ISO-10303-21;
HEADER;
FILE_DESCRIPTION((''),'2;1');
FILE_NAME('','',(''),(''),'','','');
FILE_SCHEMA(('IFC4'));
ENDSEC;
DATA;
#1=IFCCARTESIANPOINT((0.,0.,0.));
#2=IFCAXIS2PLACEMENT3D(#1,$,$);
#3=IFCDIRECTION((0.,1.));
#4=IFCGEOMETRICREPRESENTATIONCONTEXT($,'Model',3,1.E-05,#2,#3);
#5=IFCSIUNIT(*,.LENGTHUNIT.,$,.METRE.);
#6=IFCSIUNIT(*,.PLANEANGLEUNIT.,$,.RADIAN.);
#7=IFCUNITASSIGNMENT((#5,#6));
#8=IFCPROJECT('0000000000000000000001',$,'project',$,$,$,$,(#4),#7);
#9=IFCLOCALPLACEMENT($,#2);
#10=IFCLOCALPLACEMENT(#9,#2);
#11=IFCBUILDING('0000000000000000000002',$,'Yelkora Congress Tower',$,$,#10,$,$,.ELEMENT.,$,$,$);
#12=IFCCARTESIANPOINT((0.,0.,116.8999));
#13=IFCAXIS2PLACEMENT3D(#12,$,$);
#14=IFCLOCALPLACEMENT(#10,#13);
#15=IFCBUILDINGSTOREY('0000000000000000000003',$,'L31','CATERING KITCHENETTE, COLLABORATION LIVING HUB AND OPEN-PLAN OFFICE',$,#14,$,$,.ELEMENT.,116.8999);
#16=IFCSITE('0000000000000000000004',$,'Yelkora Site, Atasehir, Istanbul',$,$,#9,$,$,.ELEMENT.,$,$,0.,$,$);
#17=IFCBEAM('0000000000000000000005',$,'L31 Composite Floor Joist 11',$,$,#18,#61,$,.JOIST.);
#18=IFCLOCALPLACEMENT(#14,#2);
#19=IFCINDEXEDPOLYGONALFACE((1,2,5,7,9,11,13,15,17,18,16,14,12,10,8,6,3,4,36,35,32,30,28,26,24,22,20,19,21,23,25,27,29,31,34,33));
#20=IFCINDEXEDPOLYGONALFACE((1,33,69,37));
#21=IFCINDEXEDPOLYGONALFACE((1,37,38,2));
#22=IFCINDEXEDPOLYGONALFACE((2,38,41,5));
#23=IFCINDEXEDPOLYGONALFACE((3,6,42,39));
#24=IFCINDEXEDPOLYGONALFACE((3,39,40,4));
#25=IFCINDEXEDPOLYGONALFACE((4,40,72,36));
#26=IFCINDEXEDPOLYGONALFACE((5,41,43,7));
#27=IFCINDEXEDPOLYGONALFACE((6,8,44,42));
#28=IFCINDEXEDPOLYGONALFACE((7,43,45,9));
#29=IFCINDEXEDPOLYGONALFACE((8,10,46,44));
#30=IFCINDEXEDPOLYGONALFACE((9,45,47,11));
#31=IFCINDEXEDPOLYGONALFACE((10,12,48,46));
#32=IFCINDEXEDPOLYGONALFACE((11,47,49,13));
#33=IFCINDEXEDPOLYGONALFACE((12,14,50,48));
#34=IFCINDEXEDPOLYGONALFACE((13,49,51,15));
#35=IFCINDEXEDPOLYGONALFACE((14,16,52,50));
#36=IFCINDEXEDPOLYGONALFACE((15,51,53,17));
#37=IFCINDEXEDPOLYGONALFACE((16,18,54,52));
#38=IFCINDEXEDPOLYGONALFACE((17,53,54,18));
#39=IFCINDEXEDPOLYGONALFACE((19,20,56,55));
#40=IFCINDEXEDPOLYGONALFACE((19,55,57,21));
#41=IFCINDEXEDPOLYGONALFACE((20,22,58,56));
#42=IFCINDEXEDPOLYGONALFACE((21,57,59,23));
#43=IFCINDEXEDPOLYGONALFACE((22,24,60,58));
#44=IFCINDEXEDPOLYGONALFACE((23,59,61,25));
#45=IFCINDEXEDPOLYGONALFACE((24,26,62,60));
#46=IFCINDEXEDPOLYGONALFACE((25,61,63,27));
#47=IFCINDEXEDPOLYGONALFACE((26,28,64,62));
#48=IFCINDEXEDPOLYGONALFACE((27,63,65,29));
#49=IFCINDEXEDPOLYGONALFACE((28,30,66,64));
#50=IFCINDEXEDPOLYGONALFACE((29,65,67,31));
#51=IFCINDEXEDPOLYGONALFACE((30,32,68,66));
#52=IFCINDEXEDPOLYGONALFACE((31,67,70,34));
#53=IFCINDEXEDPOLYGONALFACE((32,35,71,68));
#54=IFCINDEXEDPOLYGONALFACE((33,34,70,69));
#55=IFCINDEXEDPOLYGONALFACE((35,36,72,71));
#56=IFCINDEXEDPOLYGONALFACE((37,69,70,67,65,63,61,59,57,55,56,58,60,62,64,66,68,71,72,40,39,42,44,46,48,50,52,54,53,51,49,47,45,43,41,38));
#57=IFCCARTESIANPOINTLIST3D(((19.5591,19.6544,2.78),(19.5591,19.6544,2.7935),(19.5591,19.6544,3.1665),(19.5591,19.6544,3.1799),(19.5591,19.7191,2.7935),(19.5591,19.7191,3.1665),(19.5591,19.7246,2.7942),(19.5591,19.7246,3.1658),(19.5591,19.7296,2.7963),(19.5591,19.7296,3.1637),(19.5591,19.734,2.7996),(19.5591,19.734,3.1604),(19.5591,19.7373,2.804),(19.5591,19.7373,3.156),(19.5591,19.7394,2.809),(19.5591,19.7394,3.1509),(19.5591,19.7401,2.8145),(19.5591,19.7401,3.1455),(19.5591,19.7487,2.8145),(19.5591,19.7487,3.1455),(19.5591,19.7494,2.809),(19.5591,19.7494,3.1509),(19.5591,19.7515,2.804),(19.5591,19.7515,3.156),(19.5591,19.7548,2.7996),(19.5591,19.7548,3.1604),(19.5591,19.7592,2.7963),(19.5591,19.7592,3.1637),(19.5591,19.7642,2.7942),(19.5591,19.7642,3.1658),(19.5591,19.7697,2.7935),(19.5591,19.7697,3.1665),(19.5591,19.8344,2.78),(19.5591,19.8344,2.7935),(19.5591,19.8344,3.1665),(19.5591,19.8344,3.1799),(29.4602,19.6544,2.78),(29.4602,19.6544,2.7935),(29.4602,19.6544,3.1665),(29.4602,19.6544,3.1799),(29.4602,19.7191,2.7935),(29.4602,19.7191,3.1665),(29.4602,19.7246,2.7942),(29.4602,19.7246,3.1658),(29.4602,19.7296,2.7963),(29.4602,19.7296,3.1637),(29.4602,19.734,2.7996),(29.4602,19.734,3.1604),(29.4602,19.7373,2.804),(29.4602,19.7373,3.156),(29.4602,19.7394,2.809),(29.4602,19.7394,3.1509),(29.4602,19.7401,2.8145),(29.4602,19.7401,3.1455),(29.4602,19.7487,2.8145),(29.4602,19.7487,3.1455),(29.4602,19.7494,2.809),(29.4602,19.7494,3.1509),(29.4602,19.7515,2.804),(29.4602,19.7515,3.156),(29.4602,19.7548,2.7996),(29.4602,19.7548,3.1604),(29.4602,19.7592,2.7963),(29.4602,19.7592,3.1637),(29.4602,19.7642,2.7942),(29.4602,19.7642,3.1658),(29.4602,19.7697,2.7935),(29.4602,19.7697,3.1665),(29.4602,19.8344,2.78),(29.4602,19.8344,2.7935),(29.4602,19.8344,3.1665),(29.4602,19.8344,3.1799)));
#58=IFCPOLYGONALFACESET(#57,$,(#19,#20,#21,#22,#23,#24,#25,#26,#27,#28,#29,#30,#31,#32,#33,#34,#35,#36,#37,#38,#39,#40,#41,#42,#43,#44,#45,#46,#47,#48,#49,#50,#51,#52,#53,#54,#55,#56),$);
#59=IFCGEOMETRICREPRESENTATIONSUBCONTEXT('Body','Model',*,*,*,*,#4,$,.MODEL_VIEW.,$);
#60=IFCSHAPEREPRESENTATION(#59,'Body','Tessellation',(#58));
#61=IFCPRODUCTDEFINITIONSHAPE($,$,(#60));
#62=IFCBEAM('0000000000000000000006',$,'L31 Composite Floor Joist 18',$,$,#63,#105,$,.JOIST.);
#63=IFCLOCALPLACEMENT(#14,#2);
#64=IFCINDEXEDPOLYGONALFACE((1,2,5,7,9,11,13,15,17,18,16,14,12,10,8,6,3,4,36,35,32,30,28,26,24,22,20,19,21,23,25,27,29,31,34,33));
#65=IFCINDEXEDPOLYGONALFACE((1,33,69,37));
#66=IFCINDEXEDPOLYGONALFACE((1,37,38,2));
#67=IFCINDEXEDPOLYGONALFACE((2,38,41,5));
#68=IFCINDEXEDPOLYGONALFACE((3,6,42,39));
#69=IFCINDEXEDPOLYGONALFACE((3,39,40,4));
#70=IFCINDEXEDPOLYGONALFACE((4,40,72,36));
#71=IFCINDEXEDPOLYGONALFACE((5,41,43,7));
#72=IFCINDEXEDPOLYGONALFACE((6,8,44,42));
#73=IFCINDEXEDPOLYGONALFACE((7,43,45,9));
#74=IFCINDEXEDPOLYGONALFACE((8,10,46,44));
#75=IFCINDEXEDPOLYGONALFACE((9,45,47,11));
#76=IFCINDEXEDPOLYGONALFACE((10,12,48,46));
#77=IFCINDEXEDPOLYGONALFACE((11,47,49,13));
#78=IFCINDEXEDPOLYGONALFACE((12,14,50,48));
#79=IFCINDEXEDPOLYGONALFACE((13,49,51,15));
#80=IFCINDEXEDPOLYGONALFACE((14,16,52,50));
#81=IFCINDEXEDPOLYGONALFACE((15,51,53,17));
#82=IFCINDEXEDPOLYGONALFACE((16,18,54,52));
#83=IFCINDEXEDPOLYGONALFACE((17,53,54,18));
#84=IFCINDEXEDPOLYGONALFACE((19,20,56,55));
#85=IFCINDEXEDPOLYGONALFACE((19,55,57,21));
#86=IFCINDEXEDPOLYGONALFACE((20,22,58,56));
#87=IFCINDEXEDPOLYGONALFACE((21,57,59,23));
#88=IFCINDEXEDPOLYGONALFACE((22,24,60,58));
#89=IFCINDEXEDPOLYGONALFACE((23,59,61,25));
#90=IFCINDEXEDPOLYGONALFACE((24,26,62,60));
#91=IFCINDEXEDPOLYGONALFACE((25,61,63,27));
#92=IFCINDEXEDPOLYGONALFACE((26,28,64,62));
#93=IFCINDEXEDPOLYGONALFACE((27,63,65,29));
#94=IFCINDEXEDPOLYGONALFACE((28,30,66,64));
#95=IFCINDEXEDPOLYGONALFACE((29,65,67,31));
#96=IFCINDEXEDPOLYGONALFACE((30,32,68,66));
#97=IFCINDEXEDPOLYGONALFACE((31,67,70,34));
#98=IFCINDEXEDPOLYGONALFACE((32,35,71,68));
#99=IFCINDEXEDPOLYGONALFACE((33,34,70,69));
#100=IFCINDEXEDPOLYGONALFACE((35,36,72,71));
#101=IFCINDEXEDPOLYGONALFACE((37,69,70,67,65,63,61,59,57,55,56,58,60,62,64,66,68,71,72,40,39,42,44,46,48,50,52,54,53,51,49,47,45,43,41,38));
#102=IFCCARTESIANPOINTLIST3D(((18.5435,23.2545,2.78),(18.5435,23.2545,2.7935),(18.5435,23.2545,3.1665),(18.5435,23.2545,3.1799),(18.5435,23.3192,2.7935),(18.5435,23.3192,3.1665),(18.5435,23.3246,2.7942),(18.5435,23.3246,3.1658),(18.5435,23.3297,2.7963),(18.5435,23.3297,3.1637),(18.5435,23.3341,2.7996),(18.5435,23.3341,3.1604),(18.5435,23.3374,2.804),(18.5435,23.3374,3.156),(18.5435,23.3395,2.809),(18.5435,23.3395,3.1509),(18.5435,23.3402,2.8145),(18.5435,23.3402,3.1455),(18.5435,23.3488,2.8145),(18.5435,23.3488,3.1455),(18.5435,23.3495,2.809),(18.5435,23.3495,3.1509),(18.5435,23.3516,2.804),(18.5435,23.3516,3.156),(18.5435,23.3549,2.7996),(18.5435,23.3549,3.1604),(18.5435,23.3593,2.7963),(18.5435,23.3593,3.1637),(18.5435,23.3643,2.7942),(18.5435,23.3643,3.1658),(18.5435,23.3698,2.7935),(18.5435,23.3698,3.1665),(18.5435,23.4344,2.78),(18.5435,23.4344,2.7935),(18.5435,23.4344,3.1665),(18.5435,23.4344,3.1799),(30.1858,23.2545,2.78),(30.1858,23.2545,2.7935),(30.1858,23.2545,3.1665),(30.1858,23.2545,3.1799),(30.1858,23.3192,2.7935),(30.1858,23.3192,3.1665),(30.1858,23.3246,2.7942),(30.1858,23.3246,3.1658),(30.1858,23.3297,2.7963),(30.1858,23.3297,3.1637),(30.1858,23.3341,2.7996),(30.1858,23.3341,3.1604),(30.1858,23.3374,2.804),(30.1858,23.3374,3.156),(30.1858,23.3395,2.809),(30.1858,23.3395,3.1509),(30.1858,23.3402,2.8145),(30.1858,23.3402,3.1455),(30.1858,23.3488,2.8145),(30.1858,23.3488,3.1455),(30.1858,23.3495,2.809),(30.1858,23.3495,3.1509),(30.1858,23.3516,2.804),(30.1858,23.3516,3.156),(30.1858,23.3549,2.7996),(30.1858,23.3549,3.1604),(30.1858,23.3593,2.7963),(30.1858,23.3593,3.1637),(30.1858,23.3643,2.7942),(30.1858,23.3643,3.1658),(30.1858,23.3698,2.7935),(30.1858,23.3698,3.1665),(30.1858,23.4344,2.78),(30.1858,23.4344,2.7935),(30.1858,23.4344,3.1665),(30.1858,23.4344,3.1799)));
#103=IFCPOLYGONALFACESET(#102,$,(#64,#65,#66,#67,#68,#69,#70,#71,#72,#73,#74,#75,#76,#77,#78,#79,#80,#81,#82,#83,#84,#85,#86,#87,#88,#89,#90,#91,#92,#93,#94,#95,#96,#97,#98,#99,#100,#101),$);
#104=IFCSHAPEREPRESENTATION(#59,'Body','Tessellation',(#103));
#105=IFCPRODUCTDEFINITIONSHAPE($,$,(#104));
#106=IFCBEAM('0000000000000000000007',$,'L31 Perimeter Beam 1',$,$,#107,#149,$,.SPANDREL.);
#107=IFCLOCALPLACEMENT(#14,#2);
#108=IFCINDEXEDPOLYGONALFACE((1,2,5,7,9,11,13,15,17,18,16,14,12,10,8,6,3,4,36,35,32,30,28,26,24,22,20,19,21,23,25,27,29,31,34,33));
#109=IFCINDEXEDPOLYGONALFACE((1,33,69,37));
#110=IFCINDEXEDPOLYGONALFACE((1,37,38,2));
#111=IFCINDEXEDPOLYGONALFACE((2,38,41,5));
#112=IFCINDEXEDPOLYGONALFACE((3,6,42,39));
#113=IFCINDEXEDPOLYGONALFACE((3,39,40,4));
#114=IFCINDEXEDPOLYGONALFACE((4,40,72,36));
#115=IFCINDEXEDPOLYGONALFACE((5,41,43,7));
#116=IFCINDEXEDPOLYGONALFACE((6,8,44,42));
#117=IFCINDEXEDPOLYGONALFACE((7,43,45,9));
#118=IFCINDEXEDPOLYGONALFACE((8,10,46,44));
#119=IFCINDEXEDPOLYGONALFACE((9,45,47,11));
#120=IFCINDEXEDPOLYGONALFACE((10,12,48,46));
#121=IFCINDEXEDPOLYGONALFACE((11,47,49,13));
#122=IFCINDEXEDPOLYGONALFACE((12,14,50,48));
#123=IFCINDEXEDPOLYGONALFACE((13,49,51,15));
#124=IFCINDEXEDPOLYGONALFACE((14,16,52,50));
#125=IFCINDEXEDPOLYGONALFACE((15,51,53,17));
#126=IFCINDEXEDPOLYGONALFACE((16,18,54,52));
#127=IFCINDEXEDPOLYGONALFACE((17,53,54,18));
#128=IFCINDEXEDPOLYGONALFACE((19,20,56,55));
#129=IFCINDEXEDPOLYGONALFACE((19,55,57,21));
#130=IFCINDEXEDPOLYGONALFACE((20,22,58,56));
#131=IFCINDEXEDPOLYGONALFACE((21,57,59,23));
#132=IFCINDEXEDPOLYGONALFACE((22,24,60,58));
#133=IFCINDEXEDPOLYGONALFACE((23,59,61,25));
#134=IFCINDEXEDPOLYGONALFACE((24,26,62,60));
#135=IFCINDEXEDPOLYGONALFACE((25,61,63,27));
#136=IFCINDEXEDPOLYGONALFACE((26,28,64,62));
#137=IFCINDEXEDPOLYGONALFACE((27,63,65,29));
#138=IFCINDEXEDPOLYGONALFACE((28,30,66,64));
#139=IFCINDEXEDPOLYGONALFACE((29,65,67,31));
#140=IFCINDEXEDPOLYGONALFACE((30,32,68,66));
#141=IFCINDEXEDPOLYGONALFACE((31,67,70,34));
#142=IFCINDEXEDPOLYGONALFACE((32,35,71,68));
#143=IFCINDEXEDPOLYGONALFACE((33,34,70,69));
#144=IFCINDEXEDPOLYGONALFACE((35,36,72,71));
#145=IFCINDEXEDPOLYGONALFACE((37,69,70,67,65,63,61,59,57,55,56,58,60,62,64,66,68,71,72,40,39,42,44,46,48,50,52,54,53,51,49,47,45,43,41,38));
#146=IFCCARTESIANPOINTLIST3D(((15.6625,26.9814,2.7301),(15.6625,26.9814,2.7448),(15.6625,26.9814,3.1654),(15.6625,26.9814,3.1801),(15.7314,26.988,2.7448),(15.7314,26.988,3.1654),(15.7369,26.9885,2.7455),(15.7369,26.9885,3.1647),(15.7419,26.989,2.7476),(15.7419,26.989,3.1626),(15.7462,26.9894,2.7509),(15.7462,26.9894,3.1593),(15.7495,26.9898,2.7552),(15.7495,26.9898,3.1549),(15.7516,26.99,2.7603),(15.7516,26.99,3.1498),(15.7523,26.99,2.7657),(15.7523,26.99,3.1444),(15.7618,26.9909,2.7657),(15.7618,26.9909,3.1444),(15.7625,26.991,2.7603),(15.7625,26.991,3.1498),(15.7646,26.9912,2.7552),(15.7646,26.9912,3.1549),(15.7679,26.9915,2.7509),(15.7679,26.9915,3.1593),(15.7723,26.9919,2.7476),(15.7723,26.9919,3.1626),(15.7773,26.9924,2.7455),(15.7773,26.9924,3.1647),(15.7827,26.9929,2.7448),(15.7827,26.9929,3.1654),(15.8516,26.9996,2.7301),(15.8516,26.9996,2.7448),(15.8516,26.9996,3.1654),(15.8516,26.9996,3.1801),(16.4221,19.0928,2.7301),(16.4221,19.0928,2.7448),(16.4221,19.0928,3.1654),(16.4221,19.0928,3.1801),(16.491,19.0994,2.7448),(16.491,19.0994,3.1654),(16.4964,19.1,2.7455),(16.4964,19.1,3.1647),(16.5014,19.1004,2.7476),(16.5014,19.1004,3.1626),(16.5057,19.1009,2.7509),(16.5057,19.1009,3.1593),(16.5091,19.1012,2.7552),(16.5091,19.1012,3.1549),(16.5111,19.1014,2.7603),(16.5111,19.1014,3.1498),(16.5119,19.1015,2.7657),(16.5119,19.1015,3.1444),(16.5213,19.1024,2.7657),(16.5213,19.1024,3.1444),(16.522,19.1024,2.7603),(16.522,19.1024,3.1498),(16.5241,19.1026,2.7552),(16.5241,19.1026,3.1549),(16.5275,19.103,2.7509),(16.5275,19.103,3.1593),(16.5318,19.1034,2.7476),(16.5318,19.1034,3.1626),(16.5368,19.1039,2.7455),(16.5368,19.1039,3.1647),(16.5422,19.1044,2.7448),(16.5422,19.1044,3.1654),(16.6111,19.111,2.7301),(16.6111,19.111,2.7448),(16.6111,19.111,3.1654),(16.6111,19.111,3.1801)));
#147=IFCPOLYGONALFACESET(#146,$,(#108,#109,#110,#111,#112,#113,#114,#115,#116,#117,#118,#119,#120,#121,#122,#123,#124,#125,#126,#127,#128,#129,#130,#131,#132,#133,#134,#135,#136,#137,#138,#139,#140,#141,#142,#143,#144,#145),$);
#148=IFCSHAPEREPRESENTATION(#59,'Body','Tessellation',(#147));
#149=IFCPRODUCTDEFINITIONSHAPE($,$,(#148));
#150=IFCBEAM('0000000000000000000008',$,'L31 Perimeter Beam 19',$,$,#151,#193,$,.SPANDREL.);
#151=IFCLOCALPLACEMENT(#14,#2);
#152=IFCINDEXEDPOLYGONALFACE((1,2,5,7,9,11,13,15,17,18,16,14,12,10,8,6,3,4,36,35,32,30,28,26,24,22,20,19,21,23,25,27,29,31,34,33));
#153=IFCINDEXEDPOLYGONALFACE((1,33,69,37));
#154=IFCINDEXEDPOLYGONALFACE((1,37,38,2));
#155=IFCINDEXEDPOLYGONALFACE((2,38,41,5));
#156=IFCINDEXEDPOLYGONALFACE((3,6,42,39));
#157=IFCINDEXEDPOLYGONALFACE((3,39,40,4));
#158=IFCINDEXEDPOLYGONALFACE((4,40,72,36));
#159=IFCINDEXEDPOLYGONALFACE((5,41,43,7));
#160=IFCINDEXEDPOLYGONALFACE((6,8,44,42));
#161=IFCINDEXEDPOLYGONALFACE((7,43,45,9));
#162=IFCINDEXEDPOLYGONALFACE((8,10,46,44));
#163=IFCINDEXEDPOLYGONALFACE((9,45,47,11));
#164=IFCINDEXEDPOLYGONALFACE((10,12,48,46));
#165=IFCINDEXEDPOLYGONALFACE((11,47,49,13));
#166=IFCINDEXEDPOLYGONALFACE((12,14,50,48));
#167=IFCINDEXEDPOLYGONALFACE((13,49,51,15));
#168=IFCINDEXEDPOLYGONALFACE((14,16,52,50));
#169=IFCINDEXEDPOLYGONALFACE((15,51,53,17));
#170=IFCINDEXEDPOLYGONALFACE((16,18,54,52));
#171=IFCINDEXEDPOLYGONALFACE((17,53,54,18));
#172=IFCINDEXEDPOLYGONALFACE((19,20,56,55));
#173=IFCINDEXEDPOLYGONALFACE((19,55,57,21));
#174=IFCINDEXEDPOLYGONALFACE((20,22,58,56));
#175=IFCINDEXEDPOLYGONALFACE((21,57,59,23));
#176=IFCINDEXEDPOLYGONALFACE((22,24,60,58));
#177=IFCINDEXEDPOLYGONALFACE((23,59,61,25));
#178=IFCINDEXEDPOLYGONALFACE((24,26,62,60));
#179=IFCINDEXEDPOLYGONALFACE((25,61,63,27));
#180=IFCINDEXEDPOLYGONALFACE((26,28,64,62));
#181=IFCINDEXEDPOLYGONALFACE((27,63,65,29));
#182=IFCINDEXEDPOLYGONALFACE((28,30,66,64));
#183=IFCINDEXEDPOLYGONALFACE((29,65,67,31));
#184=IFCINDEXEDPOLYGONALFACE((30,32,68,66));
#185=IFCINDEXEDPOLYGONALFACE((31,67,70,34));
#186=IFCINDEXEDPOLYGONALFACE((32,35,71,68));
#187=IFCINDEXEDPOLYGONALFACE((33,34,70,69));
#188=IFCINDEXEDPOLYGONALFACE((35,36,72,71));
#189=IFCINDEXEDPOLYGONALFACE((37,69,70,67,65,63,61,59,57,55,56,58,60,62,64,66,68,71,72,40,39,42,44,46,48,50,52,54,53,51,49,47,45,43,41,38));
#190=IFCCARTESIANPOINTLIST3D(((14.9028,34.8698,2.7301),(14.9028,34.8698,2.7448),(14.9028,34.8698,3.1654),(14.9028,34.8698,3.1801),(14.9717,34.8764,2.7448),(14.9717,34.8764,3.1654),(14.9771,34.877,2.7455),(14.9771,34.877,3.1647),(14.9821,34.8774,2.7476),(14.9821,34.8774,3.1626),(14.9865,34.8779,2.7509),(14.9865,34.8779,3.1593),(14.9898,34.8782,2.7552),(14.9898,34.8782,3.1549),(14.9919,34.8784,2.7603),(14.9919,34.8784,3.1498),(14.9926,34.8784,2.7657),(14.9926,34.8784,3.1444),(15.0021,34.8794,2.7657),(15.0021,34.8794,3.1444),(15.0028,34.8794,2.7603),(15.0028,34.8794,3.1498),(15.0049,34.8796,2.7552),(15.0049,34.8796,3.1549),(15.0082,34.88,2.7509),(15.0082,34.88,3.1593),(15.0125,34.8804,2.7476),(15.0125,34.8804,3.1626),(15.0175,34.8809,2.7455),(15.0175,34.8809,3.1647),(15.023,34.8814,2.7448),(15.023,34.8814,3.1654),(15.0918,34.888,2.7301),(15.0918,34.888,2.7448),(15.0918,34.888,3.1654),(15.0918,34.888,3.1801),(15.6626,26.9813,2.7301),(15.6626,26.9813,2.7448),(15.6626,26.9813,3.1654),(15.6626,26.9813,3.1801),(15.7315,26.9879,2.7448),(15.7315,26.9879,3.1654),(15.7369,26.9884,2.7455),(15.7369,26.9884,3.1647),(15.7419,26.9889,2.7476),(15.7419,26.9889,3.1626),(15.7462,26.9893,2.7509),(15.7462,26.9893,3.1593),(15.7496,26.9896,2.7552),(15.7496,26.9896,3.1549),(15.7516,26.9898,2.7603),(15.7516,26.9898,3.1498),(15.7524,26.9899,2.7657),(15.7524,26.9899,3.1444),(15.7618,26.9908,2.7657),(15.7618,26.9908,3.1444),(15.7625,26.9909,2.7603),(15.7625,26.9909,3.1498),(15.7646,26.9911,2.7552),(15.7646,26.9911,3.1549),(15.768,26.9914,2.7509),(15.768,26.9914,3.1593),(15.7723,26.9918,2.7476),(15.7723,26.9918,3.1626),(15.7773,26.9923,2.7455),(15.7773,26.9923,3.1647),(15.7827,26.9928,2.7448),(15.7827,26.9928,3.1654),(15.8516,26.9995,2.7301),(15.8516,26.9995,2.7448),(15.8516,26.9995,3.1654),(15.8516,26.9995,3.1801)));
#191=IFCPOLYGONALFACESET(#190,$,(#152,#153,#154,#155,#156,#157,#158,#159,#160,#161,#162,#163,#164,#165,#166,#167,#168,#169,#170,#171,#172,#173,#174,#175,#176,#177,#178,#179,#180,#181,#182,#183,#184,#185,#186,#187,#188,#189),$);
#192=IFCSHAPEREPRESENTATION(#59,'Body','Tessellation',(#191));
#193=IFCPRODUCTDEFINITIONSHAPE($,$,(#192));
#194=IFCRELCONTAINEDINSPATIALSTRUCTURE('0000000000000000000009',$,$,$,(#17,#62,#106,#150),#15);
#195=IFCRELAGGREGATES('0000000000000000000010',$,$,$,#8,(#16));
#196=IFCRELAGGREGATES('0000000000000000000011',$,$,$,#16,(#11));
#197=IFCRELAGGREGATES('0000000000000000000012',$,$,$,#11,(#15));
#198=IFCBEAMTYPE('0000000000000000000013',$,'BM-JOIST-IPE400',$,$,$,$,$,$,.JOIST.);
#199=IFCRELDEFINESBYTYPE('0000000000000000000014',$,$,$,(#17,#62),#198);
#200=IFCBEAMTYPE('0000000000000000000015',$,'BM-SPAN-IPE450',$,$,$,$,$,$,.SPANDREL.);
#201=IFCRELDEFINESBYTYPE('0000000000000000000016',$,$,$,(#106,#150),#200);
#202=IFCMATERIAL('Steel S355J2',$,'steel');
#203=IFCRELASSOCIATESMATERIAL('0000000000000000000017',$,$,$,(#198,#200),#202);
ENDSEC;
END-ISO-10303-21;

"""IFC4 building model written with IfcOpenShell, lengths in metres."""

from ifc_helpers import new_model, si_unit, direction, frame, origin, origin_2d, place, context, subcontext, project, spatial, i_section, extrude, material, material_profile, profile_set, type_object, element, save


model = new_model("IFC4")

# Units and contexts
model_context = context("Model", 3, precision=1e-05, world=origin(), true_north=direction((0.0, 1.0)))
body_context = subcontext(model_context, "Body", "Model", "MODEL_VIEW")
ifc_project = project(units=[si_unit("LENGTHUNIT", "METRE"), si_unit("PLANEANGLEUNIT", "RADIAN")], contexts=[model_context])

# Site, building, storey
site_placement = place(None, origin())
site = spatial("IfcSite", under=ifc_project, at=site_placement, Name="Yelkora Site, Atasehir, Istanbul", CompositionType="ELEMENT", RefElevation=0.0)
building_placement = place(site_placement, origin())
building = spatial("IfcBuilding", under=site, at=building_placement, Name="Yelkora Congress Tower", CompositionType="ELEMENT")
storey_placement = place(building_placement, frame((0.0, 0.0, 116.8999)))
storey = spatial("IfcBuildingStorey", under=building, at=storey_placement, Name="L31", Description="CATERING KITCHENETTE, COLLABORATION LIVING HUB AND OPEN-PLAN OFFICE", CompositionType="ELEMENT", Elevation=116.8999)

# Beams
ifc_material_1 = material(Name="Steel S355J2", Category="steel")
ifc_material_profile_1 = material_profile(ifc_material_1, i_section(OverallWidth=0.1799, OverallDepth=0.3999, WebThickness=0.0085, FlangeThickness=0.0134, FilletRadius=0.021, at=origin_2d()), Name="IPE 400")
ifc_profile_set_1 = profile_set([ifc_material_profile_1], Name="Steel S355J2")
beam_type_1 = type_object("IfcBeamType", Name="BM-JOIST-IPE400", PredefinedType="JOIST", material=ifc_profile_set_1)
beam_1_placement = place(storey_placement, frame((19.5591, 19.7444, 2.98), z_axis=(1.0, 0.0, 0.0), x_axis=(0.0, 1.0, 0.0)))
element("IfcBeam", 1, at=beam_1_placement, inside=storey, type_object=beam_type_1, Name="L31 Composite Floor Joist 11", PredefinedType="JOIST", context=body_context, shape_type="SweptSolid", body=[
    extrude(i_section(OverallWidth=0.1799, OverallDepth=0.3999, WebThickness=0.0085, FlangeThickness=0.0134, FilletRadius=0.021, at=origin_2d()), origin(), (0.0, 0.0, 1.0), 9.9011),
])
beam_2_placement = place(storey_placement, frame((18.5435, 23.3445, 2.98), z_axis=(1.0, 0.0, 0.0), x_axis=(0.0, 1.0, 0.0)))
element("IfcBeam", 2, at=beam_2_placement, inside=storey, type_object=beam_type_1, Name="L31 Composite Floor Joist 18", PredefinedType="JOIST", context=body_context, shape_type="SweptSolid", body=[
    extrude(i_section(OverallWidth=0.1799, OverallDepth=0.3999, WebThickness=0.0085, FlangeThickness=0.0134, FilletRadius=0.021, at=origin_2d()), origin(), (0.0, 0.0, 1.0), 11.6423),
])
ifc_material_profile_2 = material_profile(ifc_material_1, i_section(OverallWidth=0.1899, OverallDepth=0.45, WebThickness=0.0095, FlangeThickness=0.0146, FilletRadius=0.021, at=origin_2d()), Name="IPE 450")
ifc_profile_set_2 = profile_set([ifc_material_profile_2], Name="Steel S355J2")
beam_type_2 = type_object("IfcBeamType", Name="BM-SPAN-IPE450", PredefinedType="SPANDREL", material=ifc_profile_set_2)
for number, where, z_axis, x_axis, name in (
    (3, (15.7571, 26.9905, 2.9551), (0.095837, -0.995397, 0.0), (0.995397, 0.095837, 0.0), "L31 Perimeter Beam 1"),
    (4, (14.9973, 34.8789, 2.9551), (0.09587, -0.995394, 0.0), (0.995394, 0.09587, 0.0), "L31 Perimeter Beam 19"),
):
    element("IfcBeam", number, at=place(storey_placement, frame(where, z_axis=z_axis, x_axis=x_axis)), inside=storey, type_object=beam_type_2, Name=name, PredefinedType="SPANDREL", context=body_context, shape_type="SweptSolid", body=[
        extrude(i_section(OverallWidth=0.1899, OverallDepth=0.45, WebThickness=0.0095, FlangeThickness=0.0146, FilletRadius=0.021, at=origin_2d()), origin(), (0.0, 0.0, 1.0), 7.925),
    ])

save(model, "model.ifc")
